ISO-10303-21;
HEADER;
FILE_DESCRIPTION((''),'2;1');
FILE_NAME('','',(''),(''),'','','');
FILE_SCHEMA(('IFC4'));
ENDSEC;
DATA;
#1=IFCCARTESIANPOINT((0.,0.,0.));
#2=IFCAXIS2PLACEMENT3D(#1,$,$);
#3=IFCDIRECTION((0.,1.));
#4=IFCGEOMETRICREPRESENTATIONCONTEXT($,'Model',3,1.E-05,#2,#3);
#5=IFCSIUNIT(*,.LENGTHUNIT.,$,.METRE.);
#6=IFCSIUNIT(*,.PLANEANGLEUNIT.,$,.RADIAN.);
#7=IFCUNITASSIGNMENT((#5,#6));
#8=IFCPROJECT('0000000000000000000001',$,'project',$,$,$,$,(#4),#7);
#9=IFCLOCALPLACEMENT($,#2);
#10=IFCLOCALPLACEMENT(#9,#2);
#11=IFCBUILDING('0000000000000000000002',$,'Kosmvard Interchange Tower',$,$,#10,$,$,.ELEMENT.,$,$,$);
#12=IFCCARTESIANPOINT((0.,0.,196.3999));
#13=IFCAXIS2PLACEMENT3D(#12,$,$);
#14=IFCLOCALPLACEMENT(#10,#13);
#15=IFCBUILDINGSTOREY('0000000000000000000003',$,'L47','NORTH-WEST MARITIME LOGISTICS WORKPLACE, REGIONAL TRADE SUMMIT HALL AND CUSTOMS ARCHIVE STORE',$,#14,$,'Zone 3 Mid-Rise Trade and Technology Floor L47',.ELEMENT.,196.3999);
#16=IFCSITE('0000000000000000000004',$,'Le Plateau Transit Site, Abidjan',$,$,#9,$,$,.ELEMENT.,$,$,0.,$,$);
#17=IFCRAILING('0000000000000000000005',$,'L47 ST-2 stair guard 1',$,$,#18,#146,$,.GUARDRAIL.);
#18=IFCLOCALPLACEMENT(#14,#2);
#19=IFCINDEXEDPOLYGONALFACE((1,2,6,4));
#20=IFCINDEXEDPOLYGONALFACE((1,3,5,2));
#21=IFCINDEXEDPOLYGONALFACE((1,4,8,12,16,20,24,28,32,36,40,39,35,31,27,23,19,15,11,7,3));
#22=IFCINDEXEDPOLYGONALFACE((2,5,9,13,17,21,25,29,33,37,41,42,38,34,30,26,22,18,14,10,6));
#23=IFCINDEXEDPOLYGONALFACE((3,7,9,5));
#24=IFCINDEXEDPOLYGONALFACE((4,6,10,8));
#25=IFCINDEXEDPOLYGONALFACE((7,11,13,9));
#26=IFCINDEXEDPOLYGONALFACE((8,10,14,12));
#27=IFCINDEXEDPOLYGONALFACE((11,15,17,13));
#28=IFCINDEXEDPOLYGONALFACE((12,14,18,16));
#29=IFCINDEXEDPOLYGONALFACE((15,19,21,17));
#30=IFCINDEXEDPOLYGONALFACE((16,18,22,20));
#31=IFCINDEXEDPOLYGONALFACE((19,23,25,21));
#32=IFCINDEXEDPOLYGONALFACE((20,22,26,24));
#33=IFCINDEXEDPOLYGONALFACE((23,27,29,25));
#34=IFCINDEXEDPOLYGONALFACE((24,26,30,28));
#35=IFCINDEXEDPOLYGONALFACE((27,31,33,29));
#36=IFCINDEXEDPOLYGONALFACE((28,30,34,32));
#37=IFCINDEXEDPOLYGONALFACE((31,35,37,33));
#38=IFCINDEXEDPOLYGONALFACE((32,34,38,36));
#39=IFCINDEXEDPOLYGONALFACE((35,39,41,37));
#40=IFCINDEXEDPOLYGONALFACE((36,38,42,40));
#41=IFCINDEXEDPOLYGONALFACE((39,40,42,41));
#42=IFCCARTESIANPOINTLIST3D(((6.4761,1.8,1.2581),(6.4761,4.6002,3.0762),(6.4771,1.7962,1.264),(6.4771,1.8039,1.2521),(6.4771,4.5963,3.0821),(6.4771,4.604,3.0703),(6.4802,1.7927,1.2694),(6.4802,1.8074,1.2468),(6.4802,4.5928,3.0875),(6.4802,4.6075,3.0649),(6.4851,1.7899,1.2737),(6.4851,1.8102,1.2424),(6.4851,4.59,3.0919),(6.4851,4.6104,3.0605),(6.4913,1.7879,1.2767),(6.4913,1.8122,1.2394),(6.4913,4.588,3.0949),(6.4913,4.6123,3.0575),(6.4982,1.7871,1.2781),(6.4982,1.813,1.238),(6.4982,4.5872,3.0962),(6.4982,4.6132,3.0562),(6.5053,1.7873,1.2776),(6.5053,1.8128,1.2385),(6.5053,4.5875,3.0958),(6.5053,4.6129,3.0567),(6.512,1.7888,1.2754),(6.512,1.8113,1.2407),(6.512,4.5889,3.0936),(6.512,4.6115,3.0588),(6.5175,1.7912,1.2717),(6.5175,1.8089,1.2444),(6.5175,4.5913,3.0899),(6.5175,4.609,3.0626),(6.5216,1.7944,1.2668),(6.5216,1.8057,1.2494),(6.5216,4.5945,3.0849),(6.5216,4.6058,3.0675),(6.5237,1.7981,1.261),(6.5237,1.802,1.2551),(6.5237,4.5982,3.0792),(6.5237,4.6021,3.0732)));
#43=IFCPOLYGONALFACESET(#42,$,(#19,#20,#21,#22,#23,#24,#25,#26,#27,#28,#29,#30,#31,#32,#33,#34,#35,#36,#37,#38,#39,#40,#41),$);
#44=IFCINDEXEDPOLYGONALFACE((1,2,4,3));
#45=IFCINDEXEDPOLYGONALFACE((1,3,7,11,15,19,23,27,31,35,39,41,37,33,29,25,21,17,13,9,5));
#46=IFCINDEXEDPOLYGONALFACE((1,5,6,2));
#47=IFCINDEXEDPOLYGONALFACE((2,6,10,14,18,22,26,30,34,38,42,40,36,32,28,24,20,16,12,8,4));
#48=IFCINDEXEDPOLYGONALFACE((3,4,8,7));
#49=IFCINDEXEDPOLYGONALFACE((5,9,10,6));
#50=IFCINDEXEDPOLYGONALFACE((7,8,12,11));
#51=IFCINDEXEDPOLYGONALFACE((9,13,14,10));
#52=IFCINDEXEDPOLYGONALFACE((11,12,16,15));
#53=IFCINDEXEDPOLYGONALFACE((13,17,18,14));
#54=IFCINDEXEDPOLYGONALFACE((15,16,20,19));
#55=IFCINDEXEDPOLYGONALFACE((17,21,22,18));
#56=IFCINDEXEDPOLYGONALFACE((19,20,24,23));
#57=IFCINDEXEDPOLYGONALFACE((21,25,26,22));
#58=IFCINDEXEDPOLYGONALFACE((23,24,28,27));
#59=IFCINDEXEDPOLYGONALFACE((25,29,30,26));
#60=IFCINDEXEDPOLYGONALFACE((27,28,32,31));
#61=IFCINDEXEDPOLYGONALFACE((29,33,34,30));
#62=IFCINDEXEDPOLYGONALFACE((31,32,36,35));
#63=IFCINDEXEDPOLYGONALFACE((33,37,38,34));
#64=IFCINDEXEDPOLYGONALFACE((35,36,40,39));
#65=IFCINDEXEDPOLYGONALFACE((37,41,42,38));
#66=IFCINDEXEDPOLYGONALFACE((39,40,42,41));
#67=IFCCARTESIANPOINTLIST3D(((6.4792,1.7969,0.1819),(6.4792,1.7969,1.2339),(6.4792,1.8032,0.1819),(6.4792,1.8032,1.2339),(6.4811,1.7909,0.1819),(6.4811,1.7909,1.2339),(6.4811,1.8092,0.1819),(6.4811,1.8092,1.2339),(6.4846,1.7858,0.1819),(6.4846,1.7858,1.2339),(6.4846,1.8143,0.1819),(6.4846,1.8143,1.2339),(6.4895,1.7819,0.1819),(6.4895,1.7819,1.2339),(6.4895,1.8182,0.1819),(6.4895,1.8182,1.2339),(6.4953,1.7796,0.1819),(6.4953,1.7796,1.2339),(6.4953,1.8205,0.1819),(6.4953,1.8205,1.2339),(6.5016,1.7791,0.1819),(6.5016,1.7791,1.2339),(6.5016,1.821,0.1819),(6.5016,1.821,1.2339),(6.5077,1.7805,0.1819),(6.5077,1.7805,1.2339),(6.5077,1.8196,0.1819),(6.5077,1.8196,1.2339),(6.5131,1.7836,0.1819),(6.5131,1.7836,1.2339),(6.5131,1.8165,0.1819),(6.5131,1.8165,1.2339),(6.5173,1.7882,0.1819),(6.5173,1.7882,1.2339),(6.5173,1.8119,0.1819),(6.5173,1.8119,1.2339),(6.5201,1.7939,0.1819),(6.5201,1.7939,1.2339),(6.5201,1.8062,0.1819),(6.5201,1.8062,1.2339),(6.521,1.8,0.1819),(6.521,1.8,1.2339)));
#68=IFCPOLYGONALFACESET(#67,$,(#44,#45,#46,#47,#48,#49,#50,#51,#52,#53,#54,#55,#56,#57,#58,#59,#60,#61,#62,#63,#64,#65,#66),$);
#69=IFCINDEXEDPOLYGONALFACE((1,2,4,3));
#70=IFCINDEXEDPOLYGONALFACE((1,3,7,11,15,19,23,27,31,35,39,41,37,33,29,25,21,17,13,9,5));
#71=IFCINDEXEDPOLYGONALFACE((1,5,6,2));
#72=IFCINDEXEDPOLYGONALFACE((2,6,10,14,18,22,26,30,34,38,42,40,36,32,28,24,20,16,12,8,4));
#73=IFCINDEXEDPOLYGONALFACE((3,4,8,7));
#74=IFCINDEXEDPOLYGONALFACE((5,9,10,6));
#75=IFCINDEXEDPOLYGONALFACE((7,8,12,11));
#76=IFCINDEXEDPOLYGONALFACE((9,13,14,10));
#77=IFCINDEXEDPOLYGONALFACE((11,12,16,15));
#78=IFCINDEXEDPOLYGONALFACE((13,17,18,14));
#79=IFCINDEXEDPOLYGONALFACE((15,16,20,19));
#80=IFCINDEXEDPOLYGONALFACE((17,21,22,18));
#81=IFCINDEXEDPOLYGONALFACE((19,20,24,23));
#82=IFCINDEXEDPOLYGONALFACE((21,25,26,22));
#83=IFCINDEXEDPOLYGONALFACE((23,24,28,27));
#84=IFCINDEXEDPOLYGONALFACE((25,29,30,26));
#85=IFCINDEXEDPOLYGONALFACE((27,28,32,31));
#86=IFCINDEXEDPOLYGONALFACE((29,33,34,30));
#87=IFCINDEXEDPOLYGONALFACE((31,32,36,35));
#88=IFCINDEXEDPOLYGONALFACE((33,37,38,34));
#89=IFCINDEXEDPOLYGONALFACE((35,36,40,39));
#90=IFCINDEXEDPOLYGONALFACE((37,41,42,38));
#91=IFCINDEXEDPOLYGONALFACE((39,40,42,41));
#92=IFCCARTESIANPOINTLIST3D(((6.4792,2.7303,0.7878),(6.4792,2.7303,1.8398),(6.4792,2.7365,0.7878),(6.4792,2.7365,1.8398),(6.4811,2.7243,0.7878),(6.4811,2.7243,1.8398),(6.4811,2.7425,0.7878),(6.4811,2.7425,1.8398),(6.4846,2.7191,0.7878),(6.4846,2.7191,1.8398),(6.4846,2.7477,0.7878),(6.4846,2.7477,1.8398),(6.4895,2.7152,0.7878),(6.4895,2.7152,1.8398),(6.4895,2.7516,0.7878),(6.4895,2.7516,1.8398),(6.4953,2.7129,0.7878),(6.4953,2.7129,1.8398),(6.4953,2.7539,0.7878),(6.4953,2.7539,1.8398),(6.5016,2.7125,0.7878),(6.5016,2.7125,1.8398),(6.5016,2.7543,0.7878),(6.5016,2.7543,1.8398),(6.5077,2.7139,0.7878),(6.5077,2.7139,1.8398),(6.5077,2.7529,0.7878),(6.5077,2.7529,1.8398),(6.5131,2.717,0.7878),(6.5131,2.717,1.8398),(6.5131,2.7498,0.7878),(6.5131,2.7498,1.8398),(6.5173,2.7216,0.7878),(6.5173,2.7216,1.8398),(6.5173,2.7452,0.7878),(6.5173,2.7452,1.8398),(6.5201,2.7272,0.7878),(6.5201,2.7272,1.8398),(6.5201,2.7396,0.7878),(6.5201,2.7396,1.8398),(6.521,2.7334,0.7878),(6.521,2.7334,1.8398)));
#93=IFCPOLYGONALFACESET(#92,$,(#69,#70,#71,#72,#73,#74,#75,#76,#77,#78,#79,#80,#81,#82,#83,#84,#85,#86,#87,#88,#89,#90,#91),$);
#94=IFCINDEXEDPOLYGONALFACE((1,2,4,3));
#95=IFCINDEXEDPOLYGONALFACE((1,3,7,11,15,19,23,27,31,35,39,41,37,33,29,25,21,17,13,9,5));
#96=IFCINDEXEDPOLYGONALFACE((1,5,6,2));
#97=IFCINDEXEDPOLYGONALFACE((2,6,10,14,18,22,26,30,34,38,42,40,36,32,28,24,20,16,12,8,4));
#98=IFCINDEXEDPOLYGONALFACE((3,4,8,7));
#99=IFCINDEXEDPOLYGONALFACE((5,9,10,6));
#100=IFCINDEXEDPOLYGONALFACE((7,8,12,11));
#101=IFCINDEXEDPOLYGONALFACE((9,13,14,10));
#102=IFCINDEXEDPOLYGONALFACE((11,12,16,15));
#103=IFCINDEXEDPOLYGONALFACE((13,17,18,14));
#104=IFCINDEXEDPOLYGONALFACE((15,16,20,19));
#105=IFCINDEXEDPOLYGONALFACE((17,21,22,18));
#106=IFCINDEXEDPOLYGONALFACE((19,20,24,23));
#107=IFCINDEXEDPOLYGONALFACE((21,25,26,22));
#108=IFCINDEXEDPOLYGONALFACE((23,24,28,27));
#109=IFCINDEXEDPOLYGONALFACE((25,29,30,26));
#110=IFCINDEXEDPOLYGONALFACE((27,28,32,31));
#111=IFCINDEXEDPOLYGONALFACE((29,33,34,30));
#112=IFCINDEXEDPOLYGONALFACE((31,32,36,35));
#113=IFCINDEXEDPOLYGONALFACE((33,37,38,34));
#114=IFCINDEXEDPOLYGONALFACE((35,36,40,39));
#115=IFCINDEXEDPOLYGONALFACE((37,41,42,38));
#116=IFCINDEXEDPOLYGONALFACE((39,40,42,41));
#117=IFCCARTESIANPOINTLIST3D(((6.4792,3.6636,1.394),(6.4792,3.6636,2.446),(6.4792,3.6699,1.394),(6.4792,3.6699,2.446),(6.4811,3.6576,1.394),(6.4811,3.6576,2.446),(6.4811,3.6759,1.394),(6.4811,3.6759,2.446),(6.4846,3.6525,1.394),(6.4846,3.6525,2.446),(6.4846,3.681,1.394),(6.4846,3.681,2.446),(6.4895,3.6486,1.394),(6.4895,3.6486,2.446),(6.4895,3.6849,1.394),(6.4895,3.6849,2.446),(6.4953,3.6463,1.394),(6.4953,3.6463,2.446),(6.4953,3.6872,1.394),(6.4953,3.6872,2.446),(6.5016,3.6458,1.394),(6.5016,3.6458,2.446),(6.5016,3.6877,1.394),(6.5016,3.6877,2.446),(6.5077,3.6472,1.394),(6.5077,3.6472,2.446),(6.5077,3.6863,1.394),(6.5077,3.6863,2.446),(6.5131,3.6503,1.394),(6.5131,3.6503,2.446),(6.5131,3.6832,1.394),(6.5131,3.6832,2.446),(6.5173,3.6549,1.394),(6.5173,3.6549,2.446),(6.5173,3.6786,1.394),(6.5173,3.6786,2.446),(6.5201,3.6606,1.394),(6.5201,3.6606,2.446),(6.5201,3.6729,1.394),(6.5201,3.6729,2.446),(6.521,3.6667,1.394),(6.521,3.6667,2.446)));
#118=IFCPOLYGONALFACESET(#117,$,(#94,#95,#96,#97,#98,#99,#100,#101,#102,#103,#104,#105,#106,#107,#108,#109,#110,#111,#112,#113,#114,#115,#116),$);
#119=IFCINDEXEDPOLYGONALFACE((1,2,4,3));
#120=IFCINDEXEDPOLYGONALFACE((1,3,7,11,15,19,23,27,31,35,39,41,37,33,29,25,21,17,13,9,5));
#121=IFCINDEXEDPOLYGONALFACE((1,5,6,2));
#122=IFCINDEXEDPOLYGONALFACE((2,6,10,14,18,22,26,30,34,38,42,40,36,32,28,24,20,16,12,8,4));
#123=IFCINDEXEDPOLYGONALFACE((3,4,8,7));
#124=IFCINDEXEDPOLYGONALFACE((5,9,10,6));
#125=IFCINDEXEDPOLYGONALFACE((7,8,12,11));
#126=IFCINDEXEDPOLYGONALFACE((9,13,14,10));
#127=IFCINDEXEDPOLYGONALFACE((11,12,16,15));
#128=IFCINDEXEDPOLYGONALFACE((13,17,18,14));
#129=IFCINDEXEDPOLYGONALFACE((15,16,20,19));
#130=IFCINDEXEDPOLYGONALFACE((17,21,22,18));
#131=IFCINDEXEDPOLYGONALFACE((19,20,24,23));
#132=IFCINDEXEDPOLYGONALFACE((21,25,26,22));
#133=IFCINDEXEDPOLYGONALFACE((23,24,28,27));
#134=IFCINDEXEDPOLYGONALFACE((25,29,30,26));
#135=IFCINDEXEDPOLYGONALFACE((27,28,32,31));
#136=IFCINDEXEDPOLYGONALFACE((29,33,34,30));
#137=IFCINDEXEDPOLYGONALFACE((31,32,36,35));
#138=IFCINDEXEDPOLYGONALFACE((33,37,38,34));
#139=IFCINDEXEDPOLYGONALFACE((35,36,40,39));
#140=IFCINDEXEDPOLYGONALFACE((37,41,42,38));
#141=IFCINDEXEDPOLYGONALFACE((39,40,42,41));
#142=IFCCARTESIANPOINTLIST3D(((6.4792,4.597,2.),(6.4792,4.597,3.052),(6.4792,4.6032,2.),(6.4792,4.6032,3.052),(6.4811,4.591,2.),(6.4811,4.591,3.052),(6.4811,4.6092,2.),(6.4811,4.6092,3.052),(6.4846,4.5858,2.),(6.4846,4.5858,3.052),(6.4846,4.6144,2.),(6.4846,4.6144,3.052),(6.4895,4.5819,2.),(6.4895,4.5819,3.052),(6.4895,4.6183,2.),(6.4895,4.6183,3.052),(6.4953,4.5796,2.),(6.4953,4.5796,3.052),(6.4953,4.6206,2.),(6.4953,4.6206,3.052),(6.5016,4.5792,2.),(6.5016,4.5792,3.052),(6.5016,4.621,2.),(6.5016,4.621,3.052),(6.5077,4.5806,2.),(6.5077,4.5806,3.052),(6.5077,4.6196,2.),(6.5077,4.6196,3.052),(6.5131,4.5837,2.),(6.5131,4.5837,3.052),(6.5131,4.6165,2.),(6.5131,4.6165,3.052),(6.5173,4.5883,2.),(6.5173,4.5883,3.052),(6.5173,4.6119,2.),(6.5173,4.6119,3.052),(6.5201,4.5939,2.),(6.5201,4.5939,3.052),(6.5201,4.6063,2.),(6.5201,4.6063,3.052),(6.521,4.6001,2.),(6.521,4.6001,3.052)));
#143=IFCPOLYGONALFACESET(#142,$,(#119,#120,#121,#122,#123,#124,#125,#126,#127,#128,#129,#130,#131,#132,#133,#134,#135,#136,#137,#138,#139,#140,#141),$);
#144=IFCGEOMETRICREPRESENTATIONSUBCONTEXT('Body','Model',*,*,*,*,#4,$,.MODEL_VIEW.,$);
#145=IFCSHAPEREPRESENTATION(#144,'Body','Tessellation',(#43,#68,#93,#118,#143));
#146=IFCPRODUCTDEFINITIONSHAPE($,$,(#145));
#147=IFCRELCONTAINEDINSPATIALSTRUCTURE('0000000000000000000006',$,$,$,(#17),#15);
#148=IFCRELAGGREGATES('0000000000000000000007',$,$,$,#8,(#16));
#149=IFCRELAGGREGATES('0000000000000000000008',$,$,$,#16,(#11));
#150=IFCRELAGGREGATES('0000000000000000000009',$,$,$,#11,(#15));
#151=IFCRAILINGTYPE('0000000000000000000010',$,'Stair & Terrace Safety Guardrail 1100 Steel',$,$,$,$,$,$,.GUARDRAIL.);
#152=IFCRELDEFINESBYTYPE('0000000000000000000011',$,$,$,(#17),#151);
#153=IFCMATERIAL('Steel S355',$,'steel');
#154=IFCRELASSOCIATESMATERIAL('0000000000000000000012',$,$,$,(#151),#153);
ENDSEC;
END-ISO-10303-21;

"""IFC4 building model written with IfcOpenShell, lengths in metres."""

from ifc_helpers import new_model, si_unit, direction, frame, origin, origin_2d, place, context, subcontext, project, spatial, circle, extrude, source, transform, mapped, material, type_object, element, save


model = new_model("IFC4")

# Units and contexts
model_context = context("Model", 3, precision=1e-05, world=origin(), true_north=direction((0.0, 1.0)))
body_context = subcontext(model_context, "Body", "Model", "MODEL_VIEW")
ifc_project = project(units=[si_unit("LENGTHUNIT", "METRE"), si_unit("PLANEANGLEUNIT", "RADIAN")], contexts=[model_context])

# Site, building, storey
site_placement = place(None, origin())
site = spatial("IfcSite", under=ifc_project, at=site_placement, Name="Le Plateau Transit Site, Abidjan", CompositionType="ELEMENT", RefElevation=0.0)
building_placement = place(site_placement, origin())
building = spatial("IfcBuilding", under=site, at=building_placement, Name="Kosmvard Interchange Tower", CompositionType="ELEMENT")
storey_placement = place(building_placement, frame((0.0, 0.0, 196.3999)))
storey = spatial("IfcBuildingStorey", under=building, at=storey_placement, Name="L47", Description="NORTH-WEST MARITIME LOGISTICS WORKPLACE, REGIONAL TRADE SUMMIT HALL AND CUSTOMS ARCHIVE STORE", LongName="Zone 3 Mid-Rise Trade and Technology Floor L47", CompositionType="ELEMENT", Elevation=196.3999)

# Railing
ifc_material_1 = material(Name="Steel S355", Category="steel")
railing_type_1 = type_object("IfcRailingType", Name="Stair & Terrace Safety Guardrail 1100 Steel", PredefinedType="GUARDRAIL", material=ifc_material_1)
shared_shape_1 = source(origin(), body_context, "Body", "SweptSolid", [
    extrude(circle(Radius=0.0239, at=origin_2d()), frame((0.0, 0.0, 1.0762), z_axis=(0.0, 0.838706, 0.544585), x_axis=(-1.0, 0.0, 0.0)), (0.0, 0.0, 1.0), 3.3386),
    extrude(circle(Radius=0.021, at=origin_2d()), origin(), (0.0, 0.0, 1.0), 1.052),
    extrude(circle(Radius=0.021, at=origin_2d()), frame((0.0, 0.9333, 0.606)), (0.0, 0.0, 1.0), 1.052),
    extrude(circle(Radius=0.021, at=origin_2d()), frame((0.0, 1.8667, 1.2122)), (0.0, 0.0, 1.0), 1.052),
    extrude(circle(Radius=0.021, at=origin_2d()), frame((0.0, 2.8, 1.8181)), (0.0, 0.0, 1.0), 1.052),
])
railing_1_placement = place(storey_placement, frame((6.5, 1.8, 0.1819)))
element("IfcRailing", 1, at=railing_1_placement, inside=storey, type_object=railing_type_1, Name="L47 ST-2 stair guard 1", PredefinedType="GUARDRAIL", context=body_context, shape_type="MappedRepresentation", body=[
    mapped(shared_shape_1, transform((0.0, 0.0, 0.0), scale=1.0)),
])

save(model, "model.ifc")
